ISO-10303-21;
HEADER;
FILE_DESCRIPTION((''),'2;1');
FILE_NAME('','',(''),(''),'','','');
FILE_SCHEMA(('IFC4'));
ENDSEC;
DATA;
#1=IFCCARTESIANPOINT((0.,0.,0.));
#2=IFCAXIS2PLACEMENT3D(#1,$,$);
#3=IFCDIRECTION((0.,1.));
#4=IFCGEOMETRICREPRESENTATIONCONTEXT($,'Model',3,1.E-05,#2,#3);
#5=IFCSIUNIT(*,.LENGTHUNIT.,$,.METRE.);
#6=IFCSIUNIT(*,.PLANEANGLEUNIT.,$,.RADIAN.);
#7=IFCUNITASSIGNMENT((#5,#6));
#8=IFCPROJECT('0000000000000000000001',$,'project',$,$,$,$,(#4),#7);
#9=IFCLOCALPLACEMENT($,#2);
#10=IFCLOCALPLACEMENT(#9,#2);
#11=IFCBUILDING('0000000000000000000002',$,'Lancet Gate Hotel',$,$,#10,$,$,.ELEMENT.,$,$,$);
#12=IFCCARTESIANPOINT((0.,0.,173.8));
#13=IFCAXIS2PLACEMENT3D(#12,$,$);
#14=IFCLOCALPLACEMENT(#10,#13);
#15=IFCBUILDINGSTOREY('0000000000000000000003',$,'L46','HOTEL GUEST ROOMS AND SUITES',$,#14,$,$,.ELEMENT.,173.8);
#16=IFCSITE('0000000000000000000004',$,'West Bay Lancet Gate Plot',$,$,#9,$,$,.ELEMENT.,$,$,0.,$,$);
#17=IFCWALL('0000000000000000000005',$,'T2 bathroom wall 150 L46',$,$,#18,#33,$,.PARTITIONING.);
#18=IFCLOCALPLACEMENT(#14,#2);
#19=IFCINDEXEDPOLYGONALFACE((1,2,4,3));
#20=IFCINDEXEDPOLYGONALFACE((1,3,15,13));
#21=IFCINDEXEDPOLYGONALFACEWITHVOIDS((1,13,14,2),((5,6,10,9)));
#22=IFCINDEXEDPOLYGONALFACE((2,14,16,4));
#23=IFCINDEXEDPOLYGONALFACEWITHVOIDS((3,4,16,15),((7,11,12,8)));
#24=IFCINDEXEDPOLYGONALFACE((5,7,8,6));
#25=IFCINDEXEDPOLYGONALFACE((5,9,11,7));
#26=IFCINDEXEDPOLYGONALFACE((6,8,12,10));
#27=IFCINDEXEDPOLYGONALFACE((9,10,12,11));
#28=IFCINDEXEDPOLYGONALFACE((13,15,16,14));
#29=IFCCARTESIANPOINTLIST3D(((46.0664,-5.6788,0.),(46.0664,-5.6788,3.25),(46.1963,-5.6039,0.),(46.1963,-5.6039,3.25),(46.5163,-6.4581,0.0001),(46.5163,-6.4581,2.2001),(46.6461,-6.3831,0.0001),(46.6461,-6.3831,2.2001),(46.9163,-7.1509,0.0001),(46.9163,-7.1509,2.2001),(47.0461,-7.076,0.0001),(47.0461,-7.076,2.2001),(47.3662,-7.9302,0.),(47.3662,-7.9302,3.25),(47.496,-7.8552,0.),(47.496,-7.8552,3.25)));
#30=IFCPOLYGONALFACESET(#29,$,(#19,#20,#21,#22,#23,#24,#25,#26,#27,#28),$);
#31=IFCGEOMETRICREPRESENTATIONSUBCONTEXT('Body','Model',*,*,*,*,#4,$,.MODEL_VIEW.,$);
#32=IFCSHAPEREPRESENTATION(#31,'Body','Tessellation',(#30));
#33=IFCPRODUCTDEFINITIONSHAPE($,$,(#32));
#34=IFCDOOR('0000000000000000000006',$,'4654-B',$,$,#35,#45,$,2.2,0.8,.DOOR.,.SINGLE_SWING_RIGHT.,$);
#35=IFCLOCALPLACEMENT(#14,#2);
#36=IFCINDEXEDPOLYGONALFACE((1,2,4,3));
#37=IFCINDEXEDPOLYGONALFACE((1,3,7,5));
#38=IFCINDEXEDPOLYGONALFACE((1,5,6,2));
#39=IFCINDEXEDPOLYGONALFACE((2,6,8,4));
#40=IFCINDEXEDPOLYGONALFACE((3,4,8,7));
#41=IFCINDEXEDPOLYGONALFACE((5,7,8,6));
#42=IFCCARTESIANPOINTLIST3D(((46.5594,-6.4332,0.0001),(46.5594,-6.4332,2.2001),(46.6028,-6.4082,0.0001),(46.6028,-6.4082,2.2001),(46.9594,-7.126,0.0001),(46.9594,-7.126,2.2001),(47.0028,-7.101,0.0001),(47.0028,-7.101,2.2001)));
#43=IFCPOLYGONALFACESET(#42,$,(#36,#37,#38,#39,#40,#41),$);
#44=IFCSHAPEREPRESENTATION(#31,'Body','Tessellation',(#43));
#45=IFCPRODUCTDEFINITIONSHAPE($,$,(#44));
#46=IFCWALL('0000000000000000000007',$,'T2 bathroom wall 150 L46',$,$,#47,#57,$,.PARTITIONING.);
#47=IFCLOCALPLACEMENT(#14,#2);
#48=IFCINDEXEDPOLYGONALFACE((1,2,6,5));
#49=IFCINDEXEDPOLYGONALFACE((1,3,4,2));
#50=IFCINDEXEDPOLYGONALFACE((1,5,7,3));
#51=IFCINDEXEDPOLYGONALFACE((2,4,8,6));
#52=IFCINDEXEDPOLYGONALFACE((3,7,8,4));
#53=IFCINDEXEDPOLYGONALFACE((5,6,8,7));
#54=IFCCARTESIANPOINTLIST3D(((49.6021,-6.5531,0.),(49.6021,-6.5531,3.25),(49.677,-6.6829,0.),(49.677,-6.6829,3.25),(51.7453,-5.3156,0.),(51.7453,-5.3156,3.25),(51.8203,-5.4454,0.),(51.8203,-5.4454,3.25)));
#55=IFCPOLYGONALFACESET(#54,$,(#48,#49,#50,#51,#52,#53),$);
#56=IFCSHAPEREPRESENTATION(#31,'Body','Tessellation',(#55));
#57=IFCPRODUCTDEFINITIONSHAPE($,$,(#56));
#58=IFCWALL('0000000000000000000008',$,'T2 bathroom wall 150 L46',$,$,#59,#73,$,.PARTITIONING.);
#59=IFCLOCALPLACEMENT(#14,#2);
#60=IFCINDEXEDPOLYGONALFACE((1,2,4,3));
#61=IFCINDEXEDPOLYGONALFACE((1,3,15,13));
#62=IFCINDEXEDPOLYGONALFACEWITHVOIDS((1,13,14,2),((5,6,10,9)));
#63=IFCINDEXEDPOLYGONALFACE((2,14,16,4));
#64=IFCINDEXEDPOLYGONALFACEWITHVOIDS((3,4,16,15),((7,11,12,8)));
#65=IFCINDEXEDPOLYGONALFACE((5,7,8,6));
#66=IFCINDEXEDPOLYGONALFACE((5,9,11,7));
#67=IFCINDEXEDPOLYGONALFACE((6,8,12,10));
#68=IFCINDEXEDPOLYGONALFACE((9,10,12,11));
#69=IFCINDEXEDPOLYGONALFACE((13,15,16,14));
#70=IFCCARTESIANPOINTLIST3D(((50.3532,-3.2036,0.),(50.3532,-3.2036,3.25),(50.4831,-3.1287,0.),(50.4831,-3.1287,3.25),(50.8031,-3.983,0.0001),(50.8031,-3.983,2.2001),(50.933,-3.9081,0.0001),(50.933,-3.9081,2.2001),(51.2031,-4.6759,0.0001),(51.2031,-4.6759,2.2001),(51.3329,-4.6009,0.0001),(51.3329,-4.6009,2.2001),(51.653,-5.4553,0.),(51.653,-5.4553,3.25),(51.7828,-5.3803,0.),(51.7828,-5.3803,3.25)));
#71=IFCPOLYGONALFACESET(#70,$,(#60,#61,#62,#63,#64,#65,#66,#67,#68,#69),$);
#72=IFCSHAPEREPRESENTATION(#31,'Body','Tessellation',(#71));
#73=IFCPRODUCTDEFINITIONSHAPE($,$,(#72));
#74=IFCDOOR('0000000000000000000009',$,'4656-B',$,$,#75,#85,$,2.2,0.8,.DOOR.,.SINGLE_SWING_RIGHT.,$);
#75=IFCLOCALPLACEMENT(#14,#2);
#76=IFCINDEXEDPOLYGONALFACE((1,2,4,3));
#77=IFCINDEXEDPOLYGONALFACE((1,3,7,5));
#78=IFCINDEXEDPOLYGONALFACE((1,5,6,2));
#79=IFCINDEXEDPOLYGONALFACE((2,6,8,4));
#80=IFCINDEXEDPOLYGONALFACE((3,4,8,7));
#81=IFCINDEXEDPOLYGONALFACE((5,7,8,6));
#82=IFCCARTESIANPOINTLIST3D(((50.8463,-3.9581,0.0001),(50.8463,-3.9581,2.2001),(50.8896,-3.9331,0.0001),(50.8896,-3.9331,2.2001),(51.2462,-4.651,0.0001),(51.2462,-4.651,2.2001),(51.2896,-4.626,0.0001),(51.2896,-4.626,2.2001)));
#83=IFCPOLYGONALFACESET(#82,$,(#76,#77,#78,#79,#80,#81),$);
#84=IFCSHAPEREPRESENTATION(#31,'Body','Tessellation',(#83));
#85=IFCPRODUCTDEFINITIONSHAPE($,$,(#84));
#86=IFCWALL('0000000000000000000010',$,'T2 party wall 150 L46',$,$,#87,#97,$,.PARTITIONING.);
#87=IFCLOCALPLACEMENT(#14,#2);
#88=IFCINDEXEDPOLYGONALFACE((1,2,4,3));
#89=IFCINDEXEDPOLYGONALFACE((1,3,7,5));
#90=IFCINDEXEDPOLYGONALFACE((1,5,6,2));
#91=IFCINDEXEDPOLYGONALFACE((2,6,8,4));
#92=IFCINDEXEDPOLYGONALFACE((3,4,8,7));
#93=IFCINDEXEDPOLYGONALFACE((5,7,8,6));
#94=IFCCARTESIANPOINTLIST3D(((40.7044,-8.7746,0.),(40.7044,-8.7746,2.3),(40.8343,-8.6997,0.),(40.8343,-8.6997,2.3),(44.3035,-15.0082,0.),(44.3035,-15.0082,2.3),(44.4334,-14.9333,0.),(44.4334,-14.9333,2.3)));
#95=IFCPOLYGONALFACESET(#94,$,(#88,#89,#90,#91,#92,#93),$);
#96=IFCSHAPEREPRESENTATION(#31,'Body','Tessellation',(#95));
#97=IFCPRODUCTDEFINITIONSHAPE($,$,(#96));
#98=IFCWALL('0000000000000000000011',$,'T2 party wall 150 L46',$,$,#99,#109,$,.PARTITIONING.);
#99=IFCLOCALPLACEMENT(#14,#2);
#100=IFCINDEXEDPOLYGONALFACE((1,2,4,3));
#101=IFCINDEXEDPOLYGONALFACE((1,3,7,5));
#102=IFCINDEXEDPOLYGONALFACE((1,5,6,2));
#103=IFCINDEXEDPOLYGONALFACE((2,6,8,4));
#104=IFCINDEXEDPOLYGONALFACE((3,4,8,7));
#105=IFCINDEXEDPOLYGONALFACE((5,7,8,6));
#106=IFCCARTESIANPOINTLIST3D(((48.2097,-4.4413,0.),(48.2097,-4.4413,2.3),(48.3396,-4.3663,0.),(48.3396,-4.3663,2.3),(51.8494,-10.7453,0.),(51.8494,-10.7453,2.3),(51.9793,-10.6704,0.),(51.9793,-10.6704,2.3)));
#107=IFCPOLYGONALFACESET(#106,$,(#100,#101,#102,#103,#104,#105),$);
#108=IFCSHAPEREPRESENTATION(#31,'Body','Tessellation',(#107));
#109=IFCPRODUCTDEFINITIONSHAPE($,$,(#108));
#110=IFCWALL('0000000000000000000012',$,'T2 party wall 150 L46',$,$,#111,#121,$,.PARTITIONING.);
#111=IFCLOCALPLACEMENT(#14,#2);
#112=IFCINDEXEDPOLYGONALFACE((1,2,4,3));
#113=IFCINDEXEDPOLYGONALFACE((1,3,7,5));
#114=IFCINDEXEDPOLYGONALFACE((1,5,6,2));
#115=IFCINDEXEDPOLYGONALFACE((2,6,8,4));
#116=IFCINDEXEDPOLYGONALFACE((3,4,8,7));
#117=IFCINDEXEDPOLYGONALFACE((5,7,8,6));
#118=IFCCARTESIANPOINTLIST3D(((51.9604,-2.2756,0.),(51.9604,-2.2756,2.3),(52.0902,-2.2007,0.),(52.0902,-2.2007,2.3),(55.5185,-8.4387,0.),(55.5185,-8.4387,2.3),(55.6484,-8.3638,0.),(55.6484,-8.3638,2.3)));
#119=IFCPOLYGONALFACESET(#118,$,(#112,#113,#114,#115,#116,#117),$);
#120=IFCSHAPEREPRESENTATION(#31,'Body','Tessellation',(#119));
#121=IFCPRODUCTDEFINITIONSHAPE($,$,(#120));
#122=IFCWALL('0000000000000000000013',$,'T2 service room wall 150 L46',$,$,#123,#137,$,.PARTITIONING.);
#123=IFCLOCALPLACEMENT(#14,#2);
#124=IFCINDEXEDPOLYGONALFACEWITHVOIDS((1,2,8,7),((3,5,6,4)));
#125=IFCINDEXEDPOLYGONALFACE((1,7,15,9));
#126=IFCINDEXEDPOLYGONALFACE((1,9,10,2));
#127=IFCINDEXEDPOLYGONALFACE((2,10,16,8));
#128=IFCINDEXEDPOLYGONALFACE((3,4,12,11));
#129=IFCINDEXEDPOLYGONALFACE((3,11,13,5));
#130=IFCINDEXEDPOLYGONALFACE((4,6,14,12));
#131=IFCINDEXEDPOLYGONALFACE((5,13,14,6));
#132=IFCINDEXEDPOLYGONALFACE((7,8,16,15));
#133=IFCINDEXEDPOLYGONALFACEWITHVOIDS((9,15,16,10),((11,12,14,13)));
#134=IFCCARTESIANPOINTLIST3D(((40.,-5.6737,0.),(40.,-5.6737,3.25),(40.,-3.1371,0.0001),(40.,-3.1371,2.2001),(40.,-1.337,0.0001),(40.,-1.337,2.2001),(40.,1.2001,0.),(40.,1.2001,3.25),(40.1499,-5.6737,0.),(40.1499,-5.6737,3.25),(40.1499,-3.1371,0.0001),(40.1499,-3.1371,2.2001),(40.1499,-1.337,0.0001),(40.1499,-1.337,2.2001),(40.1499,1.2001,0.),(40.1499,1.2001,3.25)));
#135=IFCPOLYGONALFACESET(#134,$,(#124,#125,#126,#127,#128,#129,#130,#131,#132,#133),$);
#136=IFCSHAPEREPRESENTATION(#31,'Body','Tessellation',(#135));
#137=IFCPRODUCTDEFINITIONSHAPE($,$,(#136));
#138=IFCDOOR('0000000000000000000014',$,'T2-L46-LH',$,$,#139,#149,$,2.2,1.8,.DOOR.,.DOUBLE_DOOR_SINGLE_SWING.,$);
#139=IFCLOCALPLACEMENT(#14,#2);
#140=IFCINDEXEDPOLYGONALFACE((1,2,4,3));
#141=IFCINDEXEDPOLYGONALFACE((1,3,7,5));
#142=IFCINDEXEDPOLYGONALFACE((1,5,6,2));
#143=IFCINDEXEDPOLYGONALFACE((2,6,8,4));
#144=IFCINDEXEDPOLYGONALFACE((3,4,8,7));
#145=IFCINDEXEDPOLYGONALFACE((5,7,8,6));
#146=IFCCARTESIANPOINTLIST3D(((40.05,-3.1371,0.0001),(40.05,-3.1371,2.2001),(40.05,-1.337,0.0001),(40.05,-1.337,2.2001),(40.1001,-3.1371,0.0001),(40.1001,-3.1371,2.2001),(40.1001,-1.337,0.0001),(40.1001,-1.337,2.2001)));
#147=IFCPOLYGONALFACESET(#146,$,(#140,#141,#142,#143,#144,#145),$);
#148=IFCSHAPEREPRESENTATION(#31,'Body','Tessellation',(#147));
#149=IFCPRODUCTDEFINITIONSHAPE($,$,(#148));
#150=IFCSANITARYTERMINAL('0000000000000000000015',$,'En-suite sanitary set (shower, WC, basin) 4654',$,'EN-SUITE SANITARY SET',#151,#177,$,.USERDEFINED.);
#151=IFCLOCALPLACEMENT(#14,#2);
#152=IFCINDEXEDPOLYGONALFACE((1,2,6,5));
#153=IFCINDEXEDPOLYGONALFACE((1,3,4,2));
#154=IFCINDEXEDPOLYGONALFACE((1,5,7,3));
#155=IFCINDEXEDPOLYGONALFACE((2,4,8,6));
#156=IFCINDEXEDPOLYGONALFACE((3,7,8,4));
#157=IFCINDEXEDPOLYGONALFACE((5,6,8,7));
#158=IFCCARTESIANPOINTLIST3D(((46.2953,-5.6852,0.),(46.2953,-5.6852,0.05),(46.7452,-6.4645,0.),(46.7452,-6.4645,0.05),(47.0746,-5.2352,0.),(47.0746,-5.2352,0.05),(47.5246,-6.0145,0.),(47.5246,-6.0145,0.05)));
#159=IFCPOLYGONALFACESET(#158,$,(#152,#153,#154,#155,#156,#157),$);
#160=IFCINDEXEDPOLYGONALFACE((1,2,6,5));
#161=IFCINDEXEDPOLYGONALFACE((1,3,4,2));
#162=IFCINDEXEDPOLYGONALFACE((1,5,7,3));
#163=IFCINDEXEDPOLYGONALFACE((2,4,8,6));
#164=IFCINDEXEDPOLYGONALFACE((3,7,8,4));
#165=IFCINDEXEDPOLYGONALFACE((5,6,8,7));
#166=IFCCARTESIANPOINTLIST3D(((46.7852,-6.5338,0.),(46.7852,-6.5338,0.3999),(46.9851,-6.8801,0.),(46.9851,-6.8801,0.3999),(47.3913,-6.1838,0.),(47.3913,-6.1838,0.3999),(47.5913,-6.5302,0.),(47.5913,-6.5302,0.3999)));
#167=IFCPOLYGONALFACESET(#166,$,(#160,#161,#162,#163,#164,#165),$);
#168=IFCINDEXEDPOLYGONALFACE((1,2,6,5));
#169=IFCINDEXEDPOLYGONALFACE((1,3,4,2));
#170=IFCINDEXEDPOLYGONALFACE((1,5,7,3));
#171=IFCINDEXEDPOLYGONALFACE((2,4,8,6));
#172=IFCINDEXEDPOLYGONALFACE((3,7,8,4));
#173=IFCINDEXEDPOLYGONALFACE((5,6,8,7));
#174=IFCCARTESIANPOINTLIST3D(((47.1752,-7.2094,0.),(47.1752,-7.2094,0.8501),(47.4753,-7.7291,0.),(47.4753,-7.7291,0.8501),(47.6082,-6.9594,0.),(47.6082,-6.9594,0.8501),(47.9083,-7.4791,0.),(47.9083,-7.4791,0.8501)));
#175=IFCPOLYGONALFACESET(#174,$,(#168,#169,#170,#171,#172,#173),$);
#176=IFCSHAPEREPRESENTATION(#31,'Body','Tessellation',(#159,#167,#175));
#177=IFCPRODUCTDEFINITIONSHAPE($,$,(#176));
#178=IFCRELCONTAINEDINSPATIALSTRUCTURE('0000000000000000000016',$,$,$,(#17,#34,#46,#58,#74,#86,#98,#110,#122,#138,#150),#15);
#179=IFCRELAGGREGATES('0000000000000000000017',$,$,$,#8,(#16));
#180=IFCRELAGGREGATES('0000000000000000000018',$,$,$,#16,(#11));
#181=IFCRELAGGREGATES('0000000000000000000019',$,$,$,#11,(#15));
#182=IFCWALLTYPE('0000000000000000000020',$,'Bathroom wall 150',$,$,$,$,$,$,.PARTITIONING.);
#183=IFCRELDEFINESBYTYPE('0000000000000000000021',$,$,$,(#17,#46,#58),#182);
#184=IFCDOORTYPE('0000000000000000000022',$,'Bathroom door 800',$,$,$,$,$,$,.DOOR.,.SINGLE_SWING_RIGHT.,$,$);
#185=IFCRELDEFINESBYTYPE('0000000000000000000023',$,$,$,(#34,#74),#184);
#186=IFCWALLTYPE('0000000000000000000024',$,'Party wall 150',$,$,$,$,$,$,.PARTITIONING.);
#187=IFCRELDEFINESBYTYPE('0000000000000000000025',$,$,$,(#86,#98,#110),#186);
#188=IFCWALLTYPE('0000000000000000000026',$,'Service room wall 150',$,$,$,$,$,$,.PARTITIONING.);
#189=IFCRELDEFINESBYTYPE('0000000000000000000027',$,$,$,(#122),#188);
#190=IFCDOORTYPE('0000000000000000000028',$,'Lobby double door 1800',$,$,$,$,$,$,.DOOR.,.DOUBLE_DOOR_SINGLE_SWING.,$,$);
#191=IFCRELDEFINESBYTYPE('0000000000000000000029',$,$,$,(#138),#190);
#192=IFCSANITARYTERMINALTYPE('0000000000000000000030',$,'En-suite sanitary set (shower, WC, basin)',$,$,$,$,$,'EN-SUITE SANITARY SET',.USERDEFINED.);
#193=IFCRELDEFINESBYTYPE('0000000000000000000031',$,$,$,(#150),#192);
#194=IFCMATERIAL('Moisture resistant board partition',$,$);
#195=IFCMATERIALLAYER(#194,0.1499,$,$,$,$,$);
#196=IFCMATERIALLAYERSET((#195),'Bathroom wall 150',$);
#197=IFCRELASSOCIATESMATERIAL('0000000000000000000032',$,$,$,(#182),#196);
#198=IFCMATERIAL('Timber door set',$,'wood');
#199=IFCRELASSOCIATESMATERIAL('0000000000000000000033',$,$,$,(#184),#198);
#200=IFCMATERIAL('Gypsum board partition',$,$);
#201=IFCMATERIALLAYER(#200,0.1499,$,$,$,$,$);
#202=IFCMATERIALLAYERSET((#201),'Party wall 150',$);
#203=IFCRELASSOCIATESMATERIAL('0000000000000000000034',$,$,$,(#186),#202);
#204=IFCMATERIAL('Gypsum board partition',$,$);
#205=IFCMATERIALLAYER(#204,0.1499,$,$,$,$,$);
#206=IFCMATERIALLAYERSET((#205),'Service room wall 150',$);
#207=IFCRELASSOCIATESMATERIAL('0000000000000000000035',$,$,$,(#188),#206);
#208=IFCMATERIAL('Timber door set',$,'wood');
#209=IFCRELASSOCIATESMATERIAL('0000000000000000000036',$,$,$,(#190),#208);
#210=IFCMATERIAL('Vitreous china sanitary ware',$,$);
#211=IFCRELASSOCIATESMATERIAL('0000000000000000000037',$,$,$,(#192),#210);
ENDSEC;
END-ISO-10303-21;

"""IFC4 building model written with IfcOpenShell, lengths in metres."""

from ifc_helpers import new_model, si_unit, direction, frame, frame_2d, origin, origin_2d, place, context, subcontext, project, spatial, rectangle, extrude, material, layer, layer_set, type_object, element, fill, save


model = new_model("IFC4")

# Units and contexts
model_context = context("Model", 3, precision=1e-05, world=origin(), true_north=direction((0.0, 1.0)))
body_context = subcontext(model_context, "Body", "Model", "MODEL_VIEW")
ifc_project = project(units=[si_unit("LENGTHUNIT", "METRE"), si_unit("PLANEANGLEUNIT", "RADIAN")], contexts=[model_context])

# Site, building, storey
site_placement = place(None, origin())
site = spatial("IfcSite", under=ifc_project, at=site_placement, Name="West Bay Lancet Gate Plot", CompositionType="ELEMENT", RefElevation=0.0)
building_placement = place(site_placement, origin())
building = spatial("IfcBuilding", under=site, at=building_placement, Name="Lancet Gate Hotel", CompositionType="ELEMENT")
storey_placement = place(building_placement, frame((0.0, 0.0, 173.8)))
storey = spatial("IfcBuildingStorey", under=building, at=storey_placement, Name="L46", Description="HOTEL GUEST ROOMS AND SUITES", CompositionType="ELEMENT", Elevation=173.8)

# Shared definitions
ifc_material_1 = material(Name="Moisture resistant board partition")
ifc_layer_1 = layer(ifc_material_1, 0.1499)
ifc_layer_set_1 = layer_set([ifc_layer_1], Name="Bathroom wall 150")
wall_type_1 = type_object("IfcWallType", Name="Bathroom wall 150", PredefinedType="PARTITIONING", material=ifc_layer_set_1)

# Wall, opening, door
wall_1_placement = place(storey_placement, frame((46.1313, -5.6414, 0.0), z_axis=(0.0, 0.0, 1.0), x_axis=(0.499977, -0.866039, 0.0)))
wall_1 = element("IfcWall", 1, at=wall_1_placement, inside=storey, type_object=wall_type_1, Name="T2 bathroom wall 150 L46", PredefinedType="PARTITIONING", context=body_context, shape_type="SweptSolid", body=[
    extrude(rectangle(XDim=2.5996, YDim=0.1499, at=frame_2d((1.2998, 0.0))), origin(), (0.0, 0.0, 1.0), 3.25),
])
opening_1_placement = place(wall_1_placement, frame((0.8999, 0.0, 0.0)))
opening_1 = element("IfcOpeningElement", 2, at=opening_1_placement, cuts=wall_1, PredefinedType="OPENING", context=body_context, shape_type="SweptSolid", body=[
    extrude(rectangle(XDim=0.8, YDim=2.2, at=frame_2d((0.3999, 1.1001))), frame((0.0, 0.085, 0.0), z_axis=(0.0, -1.0, 0.0), x_axis=(1.0, 0.0, 0.0)), (0.0, 0.0, 1.0), 0.1699),
])
ifc_material_2 = material(Name="Timber door set", Category="wood")
door_type_1 = type_object("IfcDoorType", Name="Bathroom door 800", OperationType="SINGLE_SWING_RIGHT", PredefinedType="DOOR", material=ifc_material_2)
door_1_placement = place(opening_1_placement, origin())
door_1 = element("IfcDoor", 3, at=door_1_placement, inside=storey, type_object=door_type_1, Name="4654-B", OperationType="SINGLE_SWING_RIGHT", OverallHeight=2.2, OverallWidth=0.8, PredefinedType="DOOR", context=body_context, shape_type="SweptSolid", body=[
    extrude(rectangle(XDim=0.8, YDim=2.2, at=frame_2d((0.3999, 1.1001))), frame((0.0, 0.0249, 0.0), z_axis=(0.0, -1.0, 0.0), x_axis=(1.0, 0.0, 0.0)), (0.0, 0.0, 1.0), 0.05),
])
fill(opening_1, door_1)

# Wall
wall_2_placement = place(storey_placement, frame((49.6396, -6.6179, 0.0), z_axis=(0.0, 0.0, 1.0), x_axis=(0.866007, 0.500033, 0.0)))
element("IfcWall", 4, at=wall_2_placement, inside=storey, type_object=wall_type_1, Name="T2 bathroom wall 150 L46", PredefinedType="PARTITIONING", context=body_context, shape_type="SweptSolid", body=[
    extrude(rectangle(XDim=2.4749, YDim=0.1499, at=frame_2d((1.2373, 0.0))), origin(), (0.0, 0.0, 1.0), 3.25),
])

# Wall, opening, door
wall_3_placement = place(storey_placement, frame((50.4182, -3.1663, 0.0), z_axis=(0.0, 0.0, 1.0), x_axis=(0.499937, -0.866062, 0.0)))
wall_3 = element("IfcWall", 5, at=wall_3_placement, inside=storey, type_object=wall_type_1, Name="T2 bathroom wall 150 L46", PredefinedType="PARTITIONING", context=body_context, shape_type="SweptSolid", body=[
    extrude(rectangle(XDim=2.5999, YDim=0.1499, at=frame_2d((1.2998, 0.0))), origin(), (0.0, 0.0, 1.0), 3.25),
])
opening_2_placement = place(wall_3_placement, frame((0.8999, 0.0, 0.0)))
opening_2 = element("IfcOpeningElement", 6, at=opening_2_placement, cuts=wall_3, PredefinedType="OPENING", context=body_context, shape_type="SweptSolid", body=[
    extrude(rectangle(XDim=0.8, YDim=2.2, at=frame_2d((0.3999, 1.1001))), frame((0.0, 0.085, 0.0), z_axis=(0.0, -1.0, 0.0), x_axis=(1.0, 0.0, 0.0)), (0.0, 0.0, 1.0), 0.1699),
])
door_2_placement = place(opening_2_placement, origin())
door_2 = element("IfcDoor", 7, at=door_2_placement, inside=storey, type_object=door_type_1, Name="4656-B", OperationType="SINGLE_SWING_RIGHT", OverallHeight=2.2, OverallWidth=0.8, PredefinedType="DOOR", context=body_context, shape_type="SweptSolid", body=[
    extrude(rectangle(XDim=0.8, YDim=2.2, at=frame_2d((0.3999, 1.1001))), frame((0.0, 0.0249, 0.0), z_axis=(0.0, -1.0, 0.0), x_axis=(1.0, 0.0, 0.0)), (0.0, 0.0, 1.0), 0.05),
])
fill(opening_2, door_2)

# Walls
ifc_material_3 = material(Name="Gypsum board partition")
ifc_layer_2 = layer(ifc_material_3, 0.1499)
ifc_layer_set_2 = layer_set([ifc_layer_2], Name="Party wall 150")
wall_type_2 = type_object("IfcWallType", Name="Party wall 150", PredefinedType="PARTITIONING", material=ifc_layer_set_2)
wall_4_placement = place(storey_placement, frame((40.7693, -8.7371, 0.0), z_axis=(0.0, 0.0, 1.0), x_axis=(0.500013, -0.866018, 0.0)))
element("IfcWall", 8, at=wall_4_placement, inside=storey, type_object=wall_type_2, Name="T2 party wall 150 L46", PredefinedType="PARTITIONING", context=body_context, shape_type="SweptSolid", body=[
    extrude(rectangle(XDim=7.198, YDim=0.1499, at=frame_2d((3.5991, 0.0))), origin(), (0.0, 0.0, 1.0), 2.3),
])
wall_5_placement = place(storey_placement, frame((48.2747, -4.4038, 0.0), z_axis=(0.0, 0.0, 1.0), x_axis=(0.500006, -0.866022, 0.0)))
element("IfcWall", 9, at=wall_5_placement, inside=storey, type_object=wall_type_2, Name="T2 party wall 150 L46", PredefinedType="PARTITIONING", context=body_context, shape_type="SweptSolid", body=[
    extrude(rectangle(XDim=7.2793, YDim=0.1499, at=frame_2d((3.6396, 0.0))), origin(), (0.0, 0.0, 1.0), 2.3),
])
wall_6_placement = place(storey_placement, frame((52.0254, -2.2383, 0.0), z_axis=(0.0, 0.0, 1.0), x_axis=(0.499984, -0.866035, 0.0)))
element("IfcWall", 10, at=wall_6_placement, inside=storey, type_object=wall_type_2, Name="T2 party wall 150 L46", PredefinedType="PARTITIONING", context=body_context, shape_type="SweptSolid", body=[
    extrude(rectangle(XDim=7.1165, YDim=0.1499, at=frame_2d((3.5581, 0.0))), origin(), (0.0, 0.0, 1.0), 2.3),
])

# Wall, opening, door
ifc_material_4 = material(Name="Gypsum board partition")
ifc_layer_3 = layer(ifc_material_4, 0.1499)
ifc_layer_set_3 = layer_set([ifc_layer_3], Name="Service room wall 150")
wall_type_3 = type_object("IfcWallType", Name="Service room wall 150", PredefinedType="PARTITIONING", material=ifc_layer_set_3)
wall_7_placement = place(storey_placement, frame((40.075, -5.6738, 0.0), z_axis=(0.0, 0.0, 1.0), x_axis=(0.0, 1.0, 0.0)))
wall_7 = element("IfcWall", 11, at=wall_7_placement, inside=storey, type_object=wall_type_3, Name="T2 service room wall 150 L46", PredefinedType="PARTITIONING", context=body_context, shape_type="SweptSolid", body=[
    extrude(rectangle(XDim=6.8738, YDim=0.1499, at=frame_2d((3.437, 0.0))), origin(), (0.0, 0.0, 1.0), 3.25),
])
opening_3_placement = place(wall_7_placement, frame((2.5369, 0.0, 0.0)))
opening_3 = element("IfcOpeningElement", 12, at=opening_3_placement, cuts=wall_7, PredefinedType="OPENING", context=body_context, shape_type="SweptSolid", body=[
    extrude(rectangle(XDim=1.8, YDim=2.2, at=frame_2d((0.8999, 1.1001))), frame((0.0, 0.085, 0.0), z_axis=(0.0, -1.0, 0.0), x_axis=(1.0, 0.0, 0.0)), (0.0, 0.0, 1.0), 0.1699),
])
ifc_material_5 = material(Name="Timber door set", Category="wood")
door_type_2 = type_object("IfcDoorType", Name="Lobby double door 1800", OperationType="DOUBLE_DOOR_SINGLE_SWING", PredefinedType="DOOR", material=ifc_material_5)
door_3_placement = place(opening_3_placement, origin())
door_3 = element("IfcDoor", 13, at=door_3_placement, inside=storey, type_object=door_type_2, Name="T2-L46-LH", OperationType="DOUBLE_DOOR_SINGLE_SWING", OverallHeight=2.2, OverallWidth=1.8, PredefinedType="DOOR", context=body_context, shape_type="SweptSolid", body=[
    extrude(rectangle(XDim=1.8, YDim=2.2, at=frame_2d((0.8999, 1.1001))), frame((0.0, 0.0249, 0.0), z_axis=(0.0, -1.0, 0.0), x_axis=(1.0, 0.0, 0.0)), (0.0, 0.0, 1.0), 0.05),
])
fill(opening_3, door_3)

# Sanitary terminal
ifc_material_6 = material(Name="Vitreous china sanitary ware")
sanitary_terminal_type = type_object("IfcSanitaryTerminalType", Name="En-suite sanitary set (shower, WC, basin)", ElementType="EN-SUITE SANITARY SET", PredefinedType="USERDEFINED", material=ifc_material_6)
sanitary_terminal_1_placement = place(storey_placement, frame((46.9099, -5.8499, 0.0), z_axis=(0.0, 0.0, 1.0), x_axis=(1.0, 0.0, 0.0)))
element("IfcSanitaryTerminal", 14, at=sanitary_terminal_1_placement, inside=storey, type_object=sanitary_terminal_type, Name="En-suite sanitary set (shower, WC, basin) 4654", ObjectType="EN-SUITE SANITARY SET", PredefinedType="USERDEFINED", context=body_context, shape_type="SweptSolid", body=[
    extrude(rectangle(XDim=0.8999, YDim=0.8999, at=origin_2d()), frame((0.0, 0.0, 0.0), z_axis=(0.0, 0.0, 1.0), x_axis=(-0.5, 0.866025, 0.0)), (0.0, 0.0, 1.0), 0.05),
    extrude(rectangle(XDim=0.3999, YDim=0.7, at=origin_2d()), frame((0.2783, -0.6821, 0.0), z_axis=(0.0, 0.0, 1.0), x_axis=(-0.5, 0.866025, 0.0)), (0.0, 0.0, 1.0), 0.3999),
    extrude(rectangle(XDim=0.6001, YDim=0.5, at=origin_2d()), frame((0.6318, -1.4944, 0.0), z_axis=(0.0, 0.0, 1.0), x_axis=(-0.5, 0.866025, 0.0)), (0.0, 0.0, 1.0), 0.8501),
])

save(model, "model.ifc")
